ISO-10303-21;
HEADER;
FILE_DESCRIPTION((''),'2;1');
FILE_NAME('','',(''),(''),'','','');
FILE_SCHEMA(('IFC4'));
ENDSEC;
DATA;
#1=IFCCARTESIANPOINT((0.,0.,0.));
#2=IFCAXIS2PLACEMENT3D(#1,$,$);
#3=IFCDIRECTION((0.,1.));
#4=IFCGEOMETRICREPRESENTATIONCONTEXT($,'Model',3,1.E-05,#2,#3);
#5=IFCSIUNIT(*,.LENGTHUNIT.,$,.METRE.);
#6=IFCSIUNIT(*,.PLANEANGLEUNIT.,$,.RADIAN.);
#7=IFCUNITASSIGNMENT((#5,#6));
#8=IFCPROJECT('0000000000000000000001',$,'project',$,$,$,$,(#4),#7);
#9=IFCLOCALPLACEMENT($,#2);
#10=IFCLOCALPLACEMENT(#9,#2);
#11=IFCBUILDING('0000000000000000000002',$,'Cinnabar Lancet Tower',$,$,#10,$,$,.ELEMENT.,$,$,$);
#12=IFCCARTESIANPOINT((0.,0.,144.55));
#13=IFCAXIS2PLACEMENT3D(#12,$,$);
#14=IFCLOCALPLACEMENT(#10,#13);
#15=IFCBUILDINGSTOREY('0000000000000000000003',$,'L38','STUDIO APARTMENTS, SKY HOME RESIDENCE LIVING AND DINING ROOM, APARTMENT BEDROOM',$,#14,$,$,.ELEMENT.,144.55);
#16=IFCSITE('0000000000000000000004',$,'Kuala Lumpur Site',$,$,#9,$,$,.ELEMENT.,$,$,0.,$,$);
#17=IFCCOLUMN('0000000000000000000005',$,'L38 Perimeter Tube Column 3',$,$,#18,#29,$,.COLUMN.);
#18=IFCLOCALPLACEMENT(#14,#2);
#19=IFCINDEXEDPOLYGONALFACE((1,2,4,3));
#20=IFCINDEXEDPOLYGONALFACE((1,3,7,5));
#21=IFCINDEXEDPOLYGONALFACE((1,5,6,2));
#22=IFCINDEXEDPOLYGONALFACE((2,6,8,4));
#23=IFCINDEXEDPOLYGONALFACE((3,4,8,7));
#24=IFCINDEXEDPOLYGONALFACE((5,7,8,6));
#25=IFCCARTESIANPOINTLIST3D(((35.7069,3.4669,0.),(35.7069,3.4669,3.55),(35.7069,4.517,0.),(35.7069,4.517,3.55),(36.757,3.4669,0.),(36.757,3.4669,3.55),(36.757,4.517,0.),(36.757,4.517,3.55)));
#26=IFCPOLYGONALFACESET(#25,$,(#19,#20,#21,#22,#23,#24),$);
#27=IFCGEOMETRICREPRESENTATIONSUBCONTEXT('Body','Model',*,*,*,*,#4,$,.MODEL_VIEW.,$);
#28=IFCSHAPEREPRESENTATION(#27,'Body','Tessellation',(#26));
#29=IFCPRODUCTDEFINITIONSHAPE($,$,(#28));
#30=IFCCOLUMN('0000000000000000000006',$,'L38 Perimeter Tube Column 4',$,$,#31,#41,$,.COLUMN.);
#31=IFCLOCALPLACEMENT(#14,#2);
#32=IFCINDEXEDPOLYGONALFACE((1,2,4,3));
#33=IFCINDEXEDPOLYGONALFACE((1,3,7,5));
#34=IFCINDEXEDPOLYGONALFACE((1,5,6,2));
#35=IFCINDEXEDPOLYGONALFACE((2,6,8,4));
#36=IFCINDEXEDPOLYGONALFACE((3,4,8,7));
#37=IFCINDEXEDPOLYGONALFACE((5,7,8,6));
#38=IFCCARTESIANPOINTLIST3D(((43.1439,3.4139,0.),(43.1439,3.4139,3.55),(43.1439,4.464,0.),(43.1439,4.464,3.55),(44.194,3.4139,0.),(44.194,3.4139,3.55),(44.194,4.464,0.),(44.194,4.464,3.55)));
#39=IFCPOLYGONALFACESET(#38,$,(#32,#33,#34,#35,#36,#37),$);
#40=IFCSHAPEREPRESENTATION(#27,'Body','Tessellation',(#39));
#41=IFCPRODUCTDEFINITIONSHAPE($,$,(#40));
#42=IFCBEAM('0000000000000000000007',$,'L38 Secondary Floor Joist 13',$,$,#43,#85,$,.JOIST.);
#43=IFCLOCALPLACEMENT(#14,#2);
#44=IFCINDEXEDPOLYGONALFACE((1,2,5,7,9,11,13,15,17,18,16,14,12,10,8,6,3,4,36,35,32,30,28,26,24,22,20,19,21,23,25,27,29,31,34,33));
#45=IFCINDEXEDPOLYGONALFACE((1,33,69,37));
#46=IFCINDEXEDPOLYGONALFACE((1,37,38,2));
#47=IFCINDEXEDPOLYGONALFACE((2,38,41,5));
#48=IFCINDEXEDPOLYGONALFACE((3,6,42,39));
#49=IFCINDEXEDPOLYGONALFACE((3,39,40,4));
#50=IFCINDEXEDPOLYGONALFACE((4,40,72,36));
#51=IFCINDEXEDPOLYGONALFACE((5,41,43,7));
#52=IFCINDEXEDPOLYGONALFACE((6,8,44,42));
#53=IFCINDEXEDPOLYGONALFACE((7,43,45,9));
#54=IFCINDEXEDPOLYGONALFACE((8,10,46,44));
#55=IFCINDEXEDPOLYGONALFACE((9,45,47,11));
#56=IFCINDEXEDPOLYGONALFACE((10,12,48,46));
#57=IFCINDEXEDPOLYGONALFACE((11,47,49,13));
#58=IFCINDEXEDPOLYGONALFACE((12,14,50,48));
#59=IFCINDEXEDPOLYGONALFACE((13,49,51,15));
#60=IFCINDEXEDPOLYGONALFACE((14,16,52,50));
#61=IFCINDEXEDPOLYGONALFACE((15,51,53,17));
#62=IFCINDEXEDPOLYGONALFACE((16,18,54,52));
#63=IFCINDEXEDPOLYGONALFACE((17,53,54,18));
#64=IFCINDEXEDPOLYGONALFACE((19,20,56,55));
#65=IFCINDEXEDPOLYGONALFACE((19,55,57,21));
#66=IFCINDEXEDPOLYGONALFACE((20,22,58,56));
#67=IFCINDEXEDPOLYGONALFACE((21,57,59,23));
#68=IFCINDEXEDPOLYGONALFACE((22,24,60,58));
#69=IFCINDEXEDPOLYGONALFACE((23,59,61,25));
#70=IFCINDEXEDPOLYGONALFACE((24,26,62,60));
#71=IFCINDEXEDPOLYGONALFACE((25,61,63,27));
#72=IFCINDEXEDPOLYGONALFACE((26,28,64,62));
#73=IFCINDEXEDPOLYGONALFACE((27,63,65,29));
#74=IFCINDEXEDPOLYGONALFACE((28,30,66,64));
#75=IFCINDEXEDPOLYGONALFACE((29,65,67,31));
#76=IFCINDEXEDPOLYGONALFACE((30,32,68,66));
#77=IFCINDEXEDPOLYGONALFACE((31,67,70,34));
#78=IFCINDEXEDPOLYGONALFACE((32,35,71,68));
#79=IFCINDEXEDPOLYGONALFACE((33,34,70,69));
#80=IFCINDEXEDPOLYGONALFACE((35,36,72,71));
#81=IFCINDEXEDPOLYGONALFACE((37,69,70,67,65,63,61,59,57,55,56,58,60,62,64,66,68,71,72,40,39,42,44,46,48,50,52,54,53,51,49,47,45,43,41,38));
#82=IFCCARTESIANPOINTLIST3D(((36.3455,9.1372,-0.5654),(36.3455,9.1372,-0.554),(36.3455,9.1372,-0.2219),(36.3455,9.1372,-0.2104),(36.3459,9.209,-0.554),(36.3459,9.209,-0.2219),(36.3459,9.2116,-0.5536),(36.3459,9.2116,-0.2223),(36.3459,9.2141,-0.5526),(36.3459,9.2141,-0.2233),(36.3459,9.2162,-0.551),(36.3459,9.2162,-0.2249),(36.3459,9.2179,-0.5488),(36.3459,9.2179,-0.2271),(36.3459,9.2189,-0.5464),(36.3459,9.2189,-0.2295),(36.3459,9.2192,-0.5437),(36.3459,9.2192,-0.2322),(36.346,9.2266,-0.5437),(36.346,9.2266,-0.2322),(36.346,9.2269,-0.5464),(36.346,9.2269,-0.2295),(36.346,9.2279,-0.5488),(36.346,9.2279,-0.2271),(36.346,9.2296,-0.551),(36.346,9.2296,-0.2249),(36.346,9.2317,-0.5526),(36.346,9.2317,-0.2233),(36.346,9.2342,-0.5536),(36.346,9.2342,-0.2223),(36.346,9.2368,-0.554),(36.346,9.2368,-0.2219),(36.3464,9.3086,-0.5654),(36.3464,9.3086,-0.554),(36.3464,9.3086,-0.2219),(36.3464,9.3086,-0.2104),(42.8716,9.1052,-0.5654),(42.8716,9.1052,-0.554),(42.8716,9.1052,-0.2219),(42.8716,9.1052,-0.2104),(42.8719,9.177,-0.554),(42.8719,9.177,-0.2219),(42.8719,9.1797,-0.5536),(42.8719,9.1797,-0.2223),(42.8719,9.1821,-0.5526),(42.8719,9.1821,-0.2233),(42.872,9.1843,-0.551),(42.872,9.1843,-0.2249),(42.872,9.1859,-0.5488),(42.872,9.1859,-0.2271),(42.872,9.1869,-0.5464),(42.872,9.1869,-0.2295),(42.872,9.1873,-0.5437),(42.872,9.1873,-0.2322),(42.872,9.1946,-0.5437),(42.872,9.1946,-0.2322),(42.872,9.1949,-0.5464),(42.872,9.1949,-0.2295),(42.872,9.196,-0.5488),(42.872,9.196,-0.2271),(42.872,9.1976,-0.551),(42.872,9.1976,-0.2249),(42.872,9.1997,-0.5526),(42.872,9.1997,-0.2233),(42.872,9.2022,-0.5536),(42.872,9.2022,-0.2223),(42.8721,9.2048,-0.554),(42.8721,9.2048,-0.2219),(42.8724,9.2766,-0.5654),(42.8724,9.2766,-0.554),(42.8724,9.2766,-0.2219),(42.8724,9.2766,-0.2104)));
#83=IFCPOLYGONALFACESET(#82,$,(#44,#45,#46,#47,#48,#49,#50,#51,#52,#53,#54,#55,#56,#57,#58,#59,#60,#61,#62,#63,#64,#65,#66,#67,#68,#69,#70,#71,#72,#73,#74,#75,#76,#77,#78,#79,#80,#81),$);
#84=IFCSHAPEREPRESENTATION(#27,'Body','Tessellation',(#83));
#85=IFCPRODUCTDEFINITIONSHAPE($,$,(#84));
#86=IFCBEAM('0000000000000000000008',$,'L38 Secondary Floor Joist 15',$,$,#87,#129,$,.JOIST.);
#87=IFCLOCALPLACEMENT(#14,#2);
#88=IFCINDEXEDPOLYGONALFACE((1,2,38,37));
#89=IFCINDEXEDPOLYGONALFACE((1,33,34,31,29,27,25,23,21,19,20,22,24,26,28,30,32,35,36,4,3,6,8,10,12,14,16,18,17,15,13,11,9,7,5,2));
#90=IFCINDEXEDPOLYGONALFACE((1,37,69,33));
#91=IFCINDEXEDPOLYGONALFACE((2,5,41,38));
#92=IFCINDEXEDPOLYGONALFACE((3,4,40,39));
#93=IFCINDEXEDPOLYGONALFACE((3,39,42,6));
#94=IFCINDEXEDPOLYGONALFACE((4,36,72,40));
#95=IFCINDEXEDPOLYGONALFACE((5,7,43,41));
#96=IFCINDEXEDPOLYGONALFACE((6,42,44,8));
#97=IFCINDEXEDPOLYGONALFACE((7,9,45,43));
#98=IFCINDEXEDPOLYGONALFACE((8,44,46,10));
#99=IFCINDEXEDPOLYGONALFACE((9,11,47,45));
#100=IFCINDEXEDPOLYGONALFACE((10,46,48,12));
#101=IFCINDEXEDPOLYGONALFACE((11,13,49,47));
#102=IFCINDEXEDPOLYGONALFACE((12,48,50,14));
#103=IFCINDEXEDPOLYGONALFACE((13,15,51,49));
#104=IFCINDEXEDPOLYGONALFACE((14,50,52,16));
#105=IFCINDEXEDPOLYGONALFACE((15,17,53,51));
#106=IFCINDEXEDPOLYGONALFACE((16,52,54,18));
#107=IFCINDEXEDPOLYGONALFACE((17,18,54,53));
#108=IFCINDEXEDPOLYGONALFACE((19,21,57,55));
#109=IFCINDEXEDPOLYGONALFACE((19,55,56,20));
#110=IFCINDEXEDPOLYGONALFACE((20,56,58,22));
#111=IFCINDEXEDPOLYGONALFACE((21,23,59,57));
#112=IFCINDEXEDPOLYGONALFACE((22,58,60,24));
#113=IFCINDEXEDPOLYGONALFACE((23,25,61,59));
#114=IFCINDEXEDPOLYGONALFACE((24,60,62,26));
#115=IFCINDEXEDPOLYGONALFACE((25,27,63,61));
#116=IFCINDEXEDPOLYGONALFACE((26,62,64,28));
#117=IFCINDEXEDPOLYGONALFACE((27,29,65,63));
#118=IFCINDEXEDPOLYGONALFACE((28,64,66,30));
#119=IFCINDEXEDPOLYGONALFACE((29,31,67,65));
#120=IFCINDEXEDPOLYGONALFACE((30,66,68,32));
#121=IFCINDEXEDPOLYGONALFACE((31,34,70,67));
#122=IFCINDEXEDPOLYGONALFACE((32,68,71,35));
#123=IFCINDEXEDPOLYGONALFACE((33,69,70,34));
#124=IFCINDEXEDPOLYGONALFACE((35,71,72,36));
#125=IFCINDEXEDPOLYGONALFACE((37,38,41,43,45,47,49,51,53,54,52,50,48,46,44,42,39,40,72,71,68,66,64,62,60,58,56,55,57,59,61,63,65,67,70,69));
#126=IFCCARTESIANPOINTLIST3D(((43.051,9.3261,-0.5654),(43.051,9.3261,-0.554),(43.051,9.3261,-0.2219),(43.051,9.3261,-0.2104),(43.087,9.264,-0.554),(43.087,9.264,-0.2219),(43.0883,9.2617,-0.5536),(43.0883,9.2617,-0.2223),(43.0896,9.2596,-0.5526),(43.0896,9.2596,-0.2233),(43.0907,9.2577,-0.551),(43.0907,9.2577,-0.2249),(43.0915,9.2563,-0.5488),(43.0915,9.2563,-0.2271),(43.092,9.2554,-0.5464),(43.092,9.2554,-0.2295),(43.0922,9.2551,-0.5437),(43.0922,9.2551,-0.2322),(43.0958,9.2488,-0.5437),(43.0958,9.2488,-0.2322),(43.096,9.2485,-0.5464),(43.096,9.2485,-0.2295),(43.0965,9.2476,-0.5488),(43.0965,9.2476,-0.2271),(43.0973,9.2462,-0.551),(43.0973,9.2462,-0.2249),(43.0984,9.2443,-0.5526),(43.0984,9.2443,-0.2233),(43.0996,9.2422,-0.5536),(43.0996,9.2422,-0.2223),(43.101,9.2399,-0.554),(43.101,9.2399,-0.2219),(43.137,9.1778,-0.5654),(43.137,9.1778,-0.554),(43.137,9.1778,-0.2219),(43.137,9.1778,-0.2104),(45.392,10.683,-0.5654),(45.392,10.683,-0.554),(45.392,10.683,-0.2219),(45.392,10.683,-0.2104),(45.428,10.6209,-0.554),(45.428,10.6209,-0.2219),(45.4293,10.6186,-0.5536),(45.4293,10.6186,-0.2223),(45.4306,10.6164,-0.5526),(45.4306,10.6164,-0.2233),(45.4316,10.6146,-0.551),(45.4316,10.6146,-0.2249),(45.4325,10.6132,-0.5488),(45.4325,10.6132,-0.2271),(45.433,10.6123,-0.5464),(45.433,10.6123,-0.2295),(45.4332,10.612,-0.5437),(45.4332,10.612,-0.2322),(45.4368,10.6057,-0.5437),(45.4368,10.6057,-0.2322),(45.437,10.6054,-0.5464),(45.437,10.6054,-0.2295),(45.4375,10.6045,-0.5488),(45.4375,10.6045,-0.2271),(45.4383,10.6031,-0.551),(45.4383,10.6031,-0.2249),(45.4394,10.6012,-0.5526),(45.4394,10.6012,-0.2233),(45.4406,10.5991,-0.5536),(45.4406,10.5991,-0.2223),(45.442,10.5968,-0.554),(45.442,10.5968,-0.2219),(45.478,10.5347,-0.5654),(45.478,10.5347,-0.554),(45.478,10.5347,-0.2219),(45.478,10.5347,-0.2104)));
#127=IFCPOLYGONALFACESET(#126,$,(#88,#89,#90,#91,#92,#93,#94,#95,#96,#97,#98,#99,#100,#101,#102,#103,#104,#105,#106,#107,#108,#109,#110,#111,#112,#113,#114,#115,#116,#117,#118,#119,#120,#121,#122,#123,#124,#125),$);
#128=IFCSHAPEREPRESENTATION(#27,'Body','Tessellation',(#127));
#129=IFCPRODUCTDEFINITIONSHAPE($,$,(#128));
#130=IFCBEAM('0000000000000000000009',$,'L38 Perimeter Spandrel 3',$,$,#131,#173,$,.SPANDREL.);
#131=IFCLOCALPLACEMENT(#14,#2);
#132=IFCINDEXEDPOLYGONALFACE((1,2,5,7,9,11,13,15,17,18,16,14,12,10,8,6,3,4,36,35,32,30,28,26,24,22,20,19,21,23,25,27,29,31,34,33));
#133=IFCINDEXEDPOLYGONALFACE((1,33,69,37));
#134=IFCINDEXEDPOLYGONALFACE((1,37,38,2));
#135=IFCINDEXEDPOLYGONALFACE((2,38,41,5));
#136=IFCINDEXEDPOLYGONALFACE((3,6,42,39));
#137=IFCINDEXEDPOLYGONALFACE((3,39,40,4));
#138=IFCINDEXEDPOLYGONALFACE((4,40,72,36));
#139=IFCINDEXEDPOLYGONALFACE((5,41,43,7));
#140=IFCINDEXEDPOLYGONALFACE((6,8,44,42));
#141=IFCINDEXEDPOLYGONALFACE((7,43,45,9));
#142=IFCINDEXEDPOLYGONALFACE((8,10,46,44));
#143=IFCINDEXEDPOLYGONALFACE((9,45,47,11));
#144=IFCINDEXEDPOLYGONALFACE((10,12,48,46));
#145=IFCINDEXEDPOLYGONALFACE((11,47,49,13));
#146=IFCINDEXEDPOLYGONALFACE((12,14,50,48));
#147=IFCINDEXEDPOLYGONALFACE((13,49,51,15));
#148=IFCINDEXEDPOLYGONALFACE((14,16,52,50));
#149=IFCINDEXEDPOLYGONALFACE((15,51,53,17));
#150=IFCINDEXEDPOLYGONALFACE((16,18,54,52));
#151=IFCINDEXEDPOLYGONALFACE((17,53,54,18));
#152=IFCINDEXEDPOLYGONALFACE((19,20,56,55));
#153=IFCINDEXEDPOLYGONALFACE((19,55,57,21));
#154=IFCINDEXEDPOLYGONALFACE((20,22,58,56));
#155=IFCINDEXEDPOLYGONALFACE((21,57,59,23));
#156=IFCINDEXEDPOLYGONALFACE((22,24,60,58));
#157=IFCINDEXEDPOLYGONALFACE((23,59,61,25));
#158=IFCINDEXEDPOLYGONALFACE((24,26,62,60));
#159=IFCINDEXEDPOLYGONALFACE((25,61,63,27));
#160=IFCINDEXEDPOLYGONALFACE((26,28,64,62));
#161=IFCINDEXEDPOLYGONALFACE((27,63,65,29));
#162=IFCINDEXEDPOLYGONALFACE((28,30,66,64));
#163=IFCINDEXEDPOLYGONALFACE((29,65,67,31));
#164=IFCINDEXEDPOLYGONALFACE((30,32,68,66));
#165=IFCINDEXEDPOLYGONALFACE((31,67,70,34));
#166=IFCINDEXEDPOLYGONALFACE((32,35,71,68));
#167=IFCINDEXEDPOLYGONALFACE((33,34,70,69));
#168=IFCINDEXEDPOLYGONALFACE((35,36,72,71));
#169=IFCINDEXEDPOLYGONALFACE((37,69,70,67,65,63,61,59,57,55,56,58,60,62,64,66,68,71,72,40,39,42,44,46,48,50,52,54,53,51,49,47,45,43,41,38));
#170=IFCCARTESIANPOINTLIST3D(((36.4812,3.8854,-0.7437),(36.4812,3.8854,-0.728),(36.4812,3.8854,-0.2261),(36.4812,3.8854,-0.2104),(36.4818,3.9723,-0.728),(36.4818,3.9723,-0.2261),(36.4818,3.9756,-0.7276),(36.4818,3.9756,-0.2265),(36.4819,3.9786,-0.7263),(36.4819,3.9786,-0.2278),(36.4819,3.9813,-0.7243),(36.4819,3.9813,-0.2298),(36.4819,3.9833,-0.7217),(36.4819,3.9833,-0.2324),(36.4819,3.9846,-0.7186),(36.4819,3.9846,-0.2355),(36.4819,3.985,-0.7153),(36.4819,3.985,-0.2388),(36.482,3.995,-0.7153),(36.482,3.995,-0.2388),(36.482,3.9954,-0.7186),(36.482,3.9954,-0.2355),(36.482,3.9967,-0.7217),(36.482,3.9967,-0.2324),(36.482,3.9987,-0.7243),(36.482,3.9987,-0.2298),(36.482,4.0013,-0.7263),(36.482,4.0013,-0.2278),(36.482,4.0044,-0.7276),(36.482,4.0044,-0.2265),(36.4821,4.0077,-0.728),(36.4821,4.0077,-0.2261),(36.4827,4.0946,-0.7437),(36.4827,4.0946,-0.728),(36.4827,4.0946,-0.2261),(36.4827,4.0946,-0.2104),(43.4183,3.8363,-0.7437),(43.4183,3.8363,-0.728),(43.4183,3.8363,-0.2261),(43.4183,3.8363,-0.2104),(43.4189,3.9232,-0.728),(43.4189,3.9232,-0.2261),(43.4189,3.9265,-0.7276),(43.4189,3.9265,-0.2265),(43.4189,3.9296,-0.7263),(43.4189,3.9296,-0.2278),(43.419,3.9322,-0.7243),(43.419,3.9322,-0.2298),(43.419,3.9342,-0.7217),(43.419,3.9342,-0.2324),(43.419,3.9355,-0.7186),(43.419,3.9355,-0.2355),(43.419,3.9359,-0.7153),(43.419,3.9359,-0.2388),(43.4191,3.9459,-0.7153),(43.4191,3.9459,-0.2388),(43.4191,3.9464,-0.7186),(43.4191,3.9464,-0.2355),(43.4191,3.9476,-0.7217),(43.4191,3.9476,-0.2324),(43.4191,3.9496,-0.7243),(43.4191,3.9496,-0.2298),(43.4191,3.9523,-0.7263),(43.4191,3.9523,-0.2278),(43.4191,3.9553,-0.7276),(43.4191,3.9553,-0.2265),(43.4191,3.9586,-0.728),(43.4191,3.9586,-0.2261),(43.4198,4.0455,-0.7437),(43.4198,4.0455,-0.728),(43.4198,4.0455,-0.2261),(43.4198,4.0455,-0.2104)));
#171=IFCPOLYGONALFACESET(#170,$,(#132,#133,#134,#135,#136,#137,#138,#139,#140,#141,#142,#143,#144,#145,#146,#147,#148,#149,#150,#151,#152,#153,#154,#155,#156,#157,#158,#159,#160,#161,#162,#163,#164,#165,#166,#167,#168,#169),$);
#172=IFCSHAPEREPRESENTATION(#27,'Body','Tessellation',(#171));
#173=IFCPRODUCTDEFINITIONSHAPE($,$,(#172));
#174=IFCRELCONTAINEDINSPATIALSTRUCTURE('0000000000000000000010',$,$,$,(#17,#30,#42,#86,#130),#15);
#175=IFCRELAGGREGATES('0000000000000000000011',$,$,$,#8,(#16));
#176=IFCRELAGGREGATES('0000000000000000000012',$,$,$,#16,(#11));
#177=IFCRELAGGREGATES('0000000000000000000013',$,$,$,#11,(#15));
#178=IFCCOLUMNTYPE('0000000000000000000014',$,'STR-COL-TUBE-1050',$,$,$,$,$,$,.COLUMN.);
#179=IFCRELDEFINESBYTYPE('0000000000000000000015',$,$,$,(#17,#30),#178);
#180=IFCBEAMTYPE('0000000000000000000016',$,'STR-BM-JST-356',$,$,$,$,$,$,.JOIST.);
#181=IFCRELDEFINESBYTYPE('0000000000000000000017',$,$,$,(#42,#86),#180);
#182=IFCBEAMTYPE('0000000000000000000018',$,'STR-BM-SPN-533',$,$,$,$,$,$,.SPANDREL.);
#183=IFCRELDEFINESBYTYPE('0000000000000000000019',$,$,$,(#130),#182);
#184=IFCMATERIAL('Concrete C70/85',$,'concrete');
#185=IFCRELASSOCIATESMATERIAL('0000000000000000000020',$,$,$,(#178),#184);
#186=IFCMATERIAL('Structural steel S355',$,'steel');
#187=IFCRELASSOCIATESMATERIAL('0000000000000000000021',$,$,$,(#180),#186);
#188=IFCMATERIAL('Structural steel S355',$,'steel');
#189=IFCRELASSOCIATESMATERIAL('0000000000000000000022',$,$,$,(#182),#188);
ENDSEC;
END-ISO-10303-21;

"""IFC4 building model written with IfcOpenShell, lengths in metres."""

from ifc_helpers import new_model, si_unit, direction, frame, origin, origin_2d, place, context, subcontext, project, spatial, rectangle, i_section, extrude, material, material_profile, profile_set, type_object, element, save


model = new_model("IFC4")

# Units and contexts
model_context = context("Model", 3, precision=1e-05, world=origin(), true_north=direction((0.0, 1.0)))
body_context = subcontext(model_context, "Body", "Model", "MODEL_VIEW")
ifc_project = project(units=[si_unit("LENGTHUNIT", "METRE"), si_unit("PLANEANGLEUNIT", "RADIAN")], contexts=[model_context])

# Site, building, storey
site_placement = place(None, origin())
site = spatial("IfcSite", under=ifc_project, at=site_placement, Name="Kuala Lumpur Site", CompositionType="ELEMENT", RefElevation=0.0)
building_placement = place(site_placement, origin())
building = spatial("IfcBuilding", under=site, at=building_placement, Name="Cinnabar Lancet Tower", CompositionType="ELEMENT")
storey_placement = place(building_placement, frame((0.0, 0.0, 144.55)))
storey = spatial("IfcBuildingStorey", under=building, at=storey_placement, Name="L38", Description="STUDIO APARTMENTS, SKY HOME RESIDENCE LIVING AND DINING ROOM, APARTMENT BEDROOM", CompositionType="ELEMENT", Elevation=144.55)

# Columns
ifc_material_1 = material(Name="Concrete C70/85", Category="concrete")
ifc_material_profile_1 = material_profile(ifc_material_1, rectangle(XDim=1.05, YDim=1.05, at=origin_2d()), Name="RC-COL 1050x1050")
ifc_profile_set_1 = profile_set([ifc_material_profile_1], Name="Concrete C70/85")
column_type = type_object("IfcColumnType", Name="STR-COL-TUBE-1050", PredefinedType="COLUMN", material=ifc_profile_set_1)
for number, where, z_axis, x_axis, name in (
    (1, (36.2319, 3.9919, 0.0), (0.0, 0.0, 1.0), (1.0, 0.0, 0.0), "L38 Perimeter Tube Column 3"),
    (2, (43.6689, 3.939, 0.0), (0.0, 0.0, 1.0), (1.0, 0.0, 0.0), "L38 Perimeter Tube Column 4"),
):
    element("IfcColumn", number, at=place(storey_placement, frame(where, z_axis=z_axis, x_axis=x_axis)), inside=storey, type_object=column_type, Name=name, PredefinedType="COLUMN", context=body_context, shape_type="SweptSolid", body=[
        extrude(rectangle(XDim=1.05, YDim=1.05, at=origin_2d()), origin(), (0.0, 0.0, 1.0), 3.55),
    ])

# Beams
ifc_material_2 = material(Name="Structural steel S355", Category="steel")
ifc_material_profile_2 = material_profile(ifc_material_2, i_section(OverallWidth=0.1714, OverallDepth=0.355, WebThickness=0.0073, FlangeThickness=0.0115, FilletRadius=0.0103, at=origin_2d()), Name="UKB 356x171x51")
ifc_profile_set_2 = profile_set([ifc_material_profile_2], Name="Structural steel S355")
beam_type_1 = type_object("IfcBeamType", Name="STR-BM-JST-356", PredefinedType="JOIST", material=ifc_profile_set_2)
beam_1_placement = place(storey_placement, frame((36.3459, 9.2229, -0.3879), z_axis=(0.999988, -0.004901, 0.0), x_axis=(0.004901, 0.999988, 0.0)))
element("IfcBeam", 3, at=beam_1_placement, inside=storey, type_object=beam_type_1, Name="L38 Secondary Floor Joist 13", PredefinedType="JOIST", context=body_context, shape_type="SweptSolid", body=[
    extrude(i_section(OverallWidth=0.1714, OverallDepth=0.355, WebThickness=0.0073, FlangeThickness=0.0115, FilletRadius=0.0103, at=origin_2d()), origin(), (0.0, 0.0, 1.0), 6.5261),
])
beam_2_placement = place(storey_placement, frame((43.094, 9.252, -0.3879), z_axis=(0.865173, 0.501474, 0.0), x_axis=(-0.501474, 0.865173, 0.0)))
element("IfcBeam", 4, at=beam_2_placement, inside=storey, type_object=beam_type_1, Name="L38 Secondary Floor Joist 15", PredefinedType="JOIST", context=body_context, shape_type="SweptSolid", body=[
    extrude(i_section(OverallWidth=0.1714, OverallDepth=0.355, WebThickness=0.0073, FlangeThickness=0.0115, FilletRadius=0.0103, at=origin_2d()), origin(), (0.0, 0.0, 1.0), 2.7058),
])
ifc_material_3 = material(Name="Structural steel S355", Category="steel")
ifc_material_profile_3 = material_profile(ifc_material_3, i_section(OverallWidth=0.2092, OverallDepth=0.5332, WebThickness=0.01, FlangeThickness=0.0156, FilletRadius=0.0127, at=origin_2d()), Name="UKB 533x210x92")
ifc_profile_set_3 = profile_set([ifc_material_profile_3], Name="Structural steel S355")
beam_type_2 = type_object("IfcBeamType", Name="STR-BM-SPN-533", PredefinedType="SPANDREL", material=ifc_profile_set_3)
beam_3_placement = place(storey_placement, frame((36.4819, 3.99, -0.4771), z_axis=(0.999975, -0.007074, 0.0), x_axis=(0.007074, 0.999975, 0.0)))
element("IfcBeam", 5, at=beam_3_placement, inside=storey, type_object=beam_type_2, Name="L38 Perimeter Spandrel 3", PredefinedType="SPANDREL", context=body_context, shape_type="SweptSolid", body=[
    extrude(i_section(OverallWidth=0.2092, OverallDepth=0.5332, WebThickness=0.01, FlangeThickness=0.0156, FilletRadius=0.0127, at=origin_2d()), origin(), (0.0, 0.0, 1.0), 6.9373),
])

save(model, "model.ifc")
